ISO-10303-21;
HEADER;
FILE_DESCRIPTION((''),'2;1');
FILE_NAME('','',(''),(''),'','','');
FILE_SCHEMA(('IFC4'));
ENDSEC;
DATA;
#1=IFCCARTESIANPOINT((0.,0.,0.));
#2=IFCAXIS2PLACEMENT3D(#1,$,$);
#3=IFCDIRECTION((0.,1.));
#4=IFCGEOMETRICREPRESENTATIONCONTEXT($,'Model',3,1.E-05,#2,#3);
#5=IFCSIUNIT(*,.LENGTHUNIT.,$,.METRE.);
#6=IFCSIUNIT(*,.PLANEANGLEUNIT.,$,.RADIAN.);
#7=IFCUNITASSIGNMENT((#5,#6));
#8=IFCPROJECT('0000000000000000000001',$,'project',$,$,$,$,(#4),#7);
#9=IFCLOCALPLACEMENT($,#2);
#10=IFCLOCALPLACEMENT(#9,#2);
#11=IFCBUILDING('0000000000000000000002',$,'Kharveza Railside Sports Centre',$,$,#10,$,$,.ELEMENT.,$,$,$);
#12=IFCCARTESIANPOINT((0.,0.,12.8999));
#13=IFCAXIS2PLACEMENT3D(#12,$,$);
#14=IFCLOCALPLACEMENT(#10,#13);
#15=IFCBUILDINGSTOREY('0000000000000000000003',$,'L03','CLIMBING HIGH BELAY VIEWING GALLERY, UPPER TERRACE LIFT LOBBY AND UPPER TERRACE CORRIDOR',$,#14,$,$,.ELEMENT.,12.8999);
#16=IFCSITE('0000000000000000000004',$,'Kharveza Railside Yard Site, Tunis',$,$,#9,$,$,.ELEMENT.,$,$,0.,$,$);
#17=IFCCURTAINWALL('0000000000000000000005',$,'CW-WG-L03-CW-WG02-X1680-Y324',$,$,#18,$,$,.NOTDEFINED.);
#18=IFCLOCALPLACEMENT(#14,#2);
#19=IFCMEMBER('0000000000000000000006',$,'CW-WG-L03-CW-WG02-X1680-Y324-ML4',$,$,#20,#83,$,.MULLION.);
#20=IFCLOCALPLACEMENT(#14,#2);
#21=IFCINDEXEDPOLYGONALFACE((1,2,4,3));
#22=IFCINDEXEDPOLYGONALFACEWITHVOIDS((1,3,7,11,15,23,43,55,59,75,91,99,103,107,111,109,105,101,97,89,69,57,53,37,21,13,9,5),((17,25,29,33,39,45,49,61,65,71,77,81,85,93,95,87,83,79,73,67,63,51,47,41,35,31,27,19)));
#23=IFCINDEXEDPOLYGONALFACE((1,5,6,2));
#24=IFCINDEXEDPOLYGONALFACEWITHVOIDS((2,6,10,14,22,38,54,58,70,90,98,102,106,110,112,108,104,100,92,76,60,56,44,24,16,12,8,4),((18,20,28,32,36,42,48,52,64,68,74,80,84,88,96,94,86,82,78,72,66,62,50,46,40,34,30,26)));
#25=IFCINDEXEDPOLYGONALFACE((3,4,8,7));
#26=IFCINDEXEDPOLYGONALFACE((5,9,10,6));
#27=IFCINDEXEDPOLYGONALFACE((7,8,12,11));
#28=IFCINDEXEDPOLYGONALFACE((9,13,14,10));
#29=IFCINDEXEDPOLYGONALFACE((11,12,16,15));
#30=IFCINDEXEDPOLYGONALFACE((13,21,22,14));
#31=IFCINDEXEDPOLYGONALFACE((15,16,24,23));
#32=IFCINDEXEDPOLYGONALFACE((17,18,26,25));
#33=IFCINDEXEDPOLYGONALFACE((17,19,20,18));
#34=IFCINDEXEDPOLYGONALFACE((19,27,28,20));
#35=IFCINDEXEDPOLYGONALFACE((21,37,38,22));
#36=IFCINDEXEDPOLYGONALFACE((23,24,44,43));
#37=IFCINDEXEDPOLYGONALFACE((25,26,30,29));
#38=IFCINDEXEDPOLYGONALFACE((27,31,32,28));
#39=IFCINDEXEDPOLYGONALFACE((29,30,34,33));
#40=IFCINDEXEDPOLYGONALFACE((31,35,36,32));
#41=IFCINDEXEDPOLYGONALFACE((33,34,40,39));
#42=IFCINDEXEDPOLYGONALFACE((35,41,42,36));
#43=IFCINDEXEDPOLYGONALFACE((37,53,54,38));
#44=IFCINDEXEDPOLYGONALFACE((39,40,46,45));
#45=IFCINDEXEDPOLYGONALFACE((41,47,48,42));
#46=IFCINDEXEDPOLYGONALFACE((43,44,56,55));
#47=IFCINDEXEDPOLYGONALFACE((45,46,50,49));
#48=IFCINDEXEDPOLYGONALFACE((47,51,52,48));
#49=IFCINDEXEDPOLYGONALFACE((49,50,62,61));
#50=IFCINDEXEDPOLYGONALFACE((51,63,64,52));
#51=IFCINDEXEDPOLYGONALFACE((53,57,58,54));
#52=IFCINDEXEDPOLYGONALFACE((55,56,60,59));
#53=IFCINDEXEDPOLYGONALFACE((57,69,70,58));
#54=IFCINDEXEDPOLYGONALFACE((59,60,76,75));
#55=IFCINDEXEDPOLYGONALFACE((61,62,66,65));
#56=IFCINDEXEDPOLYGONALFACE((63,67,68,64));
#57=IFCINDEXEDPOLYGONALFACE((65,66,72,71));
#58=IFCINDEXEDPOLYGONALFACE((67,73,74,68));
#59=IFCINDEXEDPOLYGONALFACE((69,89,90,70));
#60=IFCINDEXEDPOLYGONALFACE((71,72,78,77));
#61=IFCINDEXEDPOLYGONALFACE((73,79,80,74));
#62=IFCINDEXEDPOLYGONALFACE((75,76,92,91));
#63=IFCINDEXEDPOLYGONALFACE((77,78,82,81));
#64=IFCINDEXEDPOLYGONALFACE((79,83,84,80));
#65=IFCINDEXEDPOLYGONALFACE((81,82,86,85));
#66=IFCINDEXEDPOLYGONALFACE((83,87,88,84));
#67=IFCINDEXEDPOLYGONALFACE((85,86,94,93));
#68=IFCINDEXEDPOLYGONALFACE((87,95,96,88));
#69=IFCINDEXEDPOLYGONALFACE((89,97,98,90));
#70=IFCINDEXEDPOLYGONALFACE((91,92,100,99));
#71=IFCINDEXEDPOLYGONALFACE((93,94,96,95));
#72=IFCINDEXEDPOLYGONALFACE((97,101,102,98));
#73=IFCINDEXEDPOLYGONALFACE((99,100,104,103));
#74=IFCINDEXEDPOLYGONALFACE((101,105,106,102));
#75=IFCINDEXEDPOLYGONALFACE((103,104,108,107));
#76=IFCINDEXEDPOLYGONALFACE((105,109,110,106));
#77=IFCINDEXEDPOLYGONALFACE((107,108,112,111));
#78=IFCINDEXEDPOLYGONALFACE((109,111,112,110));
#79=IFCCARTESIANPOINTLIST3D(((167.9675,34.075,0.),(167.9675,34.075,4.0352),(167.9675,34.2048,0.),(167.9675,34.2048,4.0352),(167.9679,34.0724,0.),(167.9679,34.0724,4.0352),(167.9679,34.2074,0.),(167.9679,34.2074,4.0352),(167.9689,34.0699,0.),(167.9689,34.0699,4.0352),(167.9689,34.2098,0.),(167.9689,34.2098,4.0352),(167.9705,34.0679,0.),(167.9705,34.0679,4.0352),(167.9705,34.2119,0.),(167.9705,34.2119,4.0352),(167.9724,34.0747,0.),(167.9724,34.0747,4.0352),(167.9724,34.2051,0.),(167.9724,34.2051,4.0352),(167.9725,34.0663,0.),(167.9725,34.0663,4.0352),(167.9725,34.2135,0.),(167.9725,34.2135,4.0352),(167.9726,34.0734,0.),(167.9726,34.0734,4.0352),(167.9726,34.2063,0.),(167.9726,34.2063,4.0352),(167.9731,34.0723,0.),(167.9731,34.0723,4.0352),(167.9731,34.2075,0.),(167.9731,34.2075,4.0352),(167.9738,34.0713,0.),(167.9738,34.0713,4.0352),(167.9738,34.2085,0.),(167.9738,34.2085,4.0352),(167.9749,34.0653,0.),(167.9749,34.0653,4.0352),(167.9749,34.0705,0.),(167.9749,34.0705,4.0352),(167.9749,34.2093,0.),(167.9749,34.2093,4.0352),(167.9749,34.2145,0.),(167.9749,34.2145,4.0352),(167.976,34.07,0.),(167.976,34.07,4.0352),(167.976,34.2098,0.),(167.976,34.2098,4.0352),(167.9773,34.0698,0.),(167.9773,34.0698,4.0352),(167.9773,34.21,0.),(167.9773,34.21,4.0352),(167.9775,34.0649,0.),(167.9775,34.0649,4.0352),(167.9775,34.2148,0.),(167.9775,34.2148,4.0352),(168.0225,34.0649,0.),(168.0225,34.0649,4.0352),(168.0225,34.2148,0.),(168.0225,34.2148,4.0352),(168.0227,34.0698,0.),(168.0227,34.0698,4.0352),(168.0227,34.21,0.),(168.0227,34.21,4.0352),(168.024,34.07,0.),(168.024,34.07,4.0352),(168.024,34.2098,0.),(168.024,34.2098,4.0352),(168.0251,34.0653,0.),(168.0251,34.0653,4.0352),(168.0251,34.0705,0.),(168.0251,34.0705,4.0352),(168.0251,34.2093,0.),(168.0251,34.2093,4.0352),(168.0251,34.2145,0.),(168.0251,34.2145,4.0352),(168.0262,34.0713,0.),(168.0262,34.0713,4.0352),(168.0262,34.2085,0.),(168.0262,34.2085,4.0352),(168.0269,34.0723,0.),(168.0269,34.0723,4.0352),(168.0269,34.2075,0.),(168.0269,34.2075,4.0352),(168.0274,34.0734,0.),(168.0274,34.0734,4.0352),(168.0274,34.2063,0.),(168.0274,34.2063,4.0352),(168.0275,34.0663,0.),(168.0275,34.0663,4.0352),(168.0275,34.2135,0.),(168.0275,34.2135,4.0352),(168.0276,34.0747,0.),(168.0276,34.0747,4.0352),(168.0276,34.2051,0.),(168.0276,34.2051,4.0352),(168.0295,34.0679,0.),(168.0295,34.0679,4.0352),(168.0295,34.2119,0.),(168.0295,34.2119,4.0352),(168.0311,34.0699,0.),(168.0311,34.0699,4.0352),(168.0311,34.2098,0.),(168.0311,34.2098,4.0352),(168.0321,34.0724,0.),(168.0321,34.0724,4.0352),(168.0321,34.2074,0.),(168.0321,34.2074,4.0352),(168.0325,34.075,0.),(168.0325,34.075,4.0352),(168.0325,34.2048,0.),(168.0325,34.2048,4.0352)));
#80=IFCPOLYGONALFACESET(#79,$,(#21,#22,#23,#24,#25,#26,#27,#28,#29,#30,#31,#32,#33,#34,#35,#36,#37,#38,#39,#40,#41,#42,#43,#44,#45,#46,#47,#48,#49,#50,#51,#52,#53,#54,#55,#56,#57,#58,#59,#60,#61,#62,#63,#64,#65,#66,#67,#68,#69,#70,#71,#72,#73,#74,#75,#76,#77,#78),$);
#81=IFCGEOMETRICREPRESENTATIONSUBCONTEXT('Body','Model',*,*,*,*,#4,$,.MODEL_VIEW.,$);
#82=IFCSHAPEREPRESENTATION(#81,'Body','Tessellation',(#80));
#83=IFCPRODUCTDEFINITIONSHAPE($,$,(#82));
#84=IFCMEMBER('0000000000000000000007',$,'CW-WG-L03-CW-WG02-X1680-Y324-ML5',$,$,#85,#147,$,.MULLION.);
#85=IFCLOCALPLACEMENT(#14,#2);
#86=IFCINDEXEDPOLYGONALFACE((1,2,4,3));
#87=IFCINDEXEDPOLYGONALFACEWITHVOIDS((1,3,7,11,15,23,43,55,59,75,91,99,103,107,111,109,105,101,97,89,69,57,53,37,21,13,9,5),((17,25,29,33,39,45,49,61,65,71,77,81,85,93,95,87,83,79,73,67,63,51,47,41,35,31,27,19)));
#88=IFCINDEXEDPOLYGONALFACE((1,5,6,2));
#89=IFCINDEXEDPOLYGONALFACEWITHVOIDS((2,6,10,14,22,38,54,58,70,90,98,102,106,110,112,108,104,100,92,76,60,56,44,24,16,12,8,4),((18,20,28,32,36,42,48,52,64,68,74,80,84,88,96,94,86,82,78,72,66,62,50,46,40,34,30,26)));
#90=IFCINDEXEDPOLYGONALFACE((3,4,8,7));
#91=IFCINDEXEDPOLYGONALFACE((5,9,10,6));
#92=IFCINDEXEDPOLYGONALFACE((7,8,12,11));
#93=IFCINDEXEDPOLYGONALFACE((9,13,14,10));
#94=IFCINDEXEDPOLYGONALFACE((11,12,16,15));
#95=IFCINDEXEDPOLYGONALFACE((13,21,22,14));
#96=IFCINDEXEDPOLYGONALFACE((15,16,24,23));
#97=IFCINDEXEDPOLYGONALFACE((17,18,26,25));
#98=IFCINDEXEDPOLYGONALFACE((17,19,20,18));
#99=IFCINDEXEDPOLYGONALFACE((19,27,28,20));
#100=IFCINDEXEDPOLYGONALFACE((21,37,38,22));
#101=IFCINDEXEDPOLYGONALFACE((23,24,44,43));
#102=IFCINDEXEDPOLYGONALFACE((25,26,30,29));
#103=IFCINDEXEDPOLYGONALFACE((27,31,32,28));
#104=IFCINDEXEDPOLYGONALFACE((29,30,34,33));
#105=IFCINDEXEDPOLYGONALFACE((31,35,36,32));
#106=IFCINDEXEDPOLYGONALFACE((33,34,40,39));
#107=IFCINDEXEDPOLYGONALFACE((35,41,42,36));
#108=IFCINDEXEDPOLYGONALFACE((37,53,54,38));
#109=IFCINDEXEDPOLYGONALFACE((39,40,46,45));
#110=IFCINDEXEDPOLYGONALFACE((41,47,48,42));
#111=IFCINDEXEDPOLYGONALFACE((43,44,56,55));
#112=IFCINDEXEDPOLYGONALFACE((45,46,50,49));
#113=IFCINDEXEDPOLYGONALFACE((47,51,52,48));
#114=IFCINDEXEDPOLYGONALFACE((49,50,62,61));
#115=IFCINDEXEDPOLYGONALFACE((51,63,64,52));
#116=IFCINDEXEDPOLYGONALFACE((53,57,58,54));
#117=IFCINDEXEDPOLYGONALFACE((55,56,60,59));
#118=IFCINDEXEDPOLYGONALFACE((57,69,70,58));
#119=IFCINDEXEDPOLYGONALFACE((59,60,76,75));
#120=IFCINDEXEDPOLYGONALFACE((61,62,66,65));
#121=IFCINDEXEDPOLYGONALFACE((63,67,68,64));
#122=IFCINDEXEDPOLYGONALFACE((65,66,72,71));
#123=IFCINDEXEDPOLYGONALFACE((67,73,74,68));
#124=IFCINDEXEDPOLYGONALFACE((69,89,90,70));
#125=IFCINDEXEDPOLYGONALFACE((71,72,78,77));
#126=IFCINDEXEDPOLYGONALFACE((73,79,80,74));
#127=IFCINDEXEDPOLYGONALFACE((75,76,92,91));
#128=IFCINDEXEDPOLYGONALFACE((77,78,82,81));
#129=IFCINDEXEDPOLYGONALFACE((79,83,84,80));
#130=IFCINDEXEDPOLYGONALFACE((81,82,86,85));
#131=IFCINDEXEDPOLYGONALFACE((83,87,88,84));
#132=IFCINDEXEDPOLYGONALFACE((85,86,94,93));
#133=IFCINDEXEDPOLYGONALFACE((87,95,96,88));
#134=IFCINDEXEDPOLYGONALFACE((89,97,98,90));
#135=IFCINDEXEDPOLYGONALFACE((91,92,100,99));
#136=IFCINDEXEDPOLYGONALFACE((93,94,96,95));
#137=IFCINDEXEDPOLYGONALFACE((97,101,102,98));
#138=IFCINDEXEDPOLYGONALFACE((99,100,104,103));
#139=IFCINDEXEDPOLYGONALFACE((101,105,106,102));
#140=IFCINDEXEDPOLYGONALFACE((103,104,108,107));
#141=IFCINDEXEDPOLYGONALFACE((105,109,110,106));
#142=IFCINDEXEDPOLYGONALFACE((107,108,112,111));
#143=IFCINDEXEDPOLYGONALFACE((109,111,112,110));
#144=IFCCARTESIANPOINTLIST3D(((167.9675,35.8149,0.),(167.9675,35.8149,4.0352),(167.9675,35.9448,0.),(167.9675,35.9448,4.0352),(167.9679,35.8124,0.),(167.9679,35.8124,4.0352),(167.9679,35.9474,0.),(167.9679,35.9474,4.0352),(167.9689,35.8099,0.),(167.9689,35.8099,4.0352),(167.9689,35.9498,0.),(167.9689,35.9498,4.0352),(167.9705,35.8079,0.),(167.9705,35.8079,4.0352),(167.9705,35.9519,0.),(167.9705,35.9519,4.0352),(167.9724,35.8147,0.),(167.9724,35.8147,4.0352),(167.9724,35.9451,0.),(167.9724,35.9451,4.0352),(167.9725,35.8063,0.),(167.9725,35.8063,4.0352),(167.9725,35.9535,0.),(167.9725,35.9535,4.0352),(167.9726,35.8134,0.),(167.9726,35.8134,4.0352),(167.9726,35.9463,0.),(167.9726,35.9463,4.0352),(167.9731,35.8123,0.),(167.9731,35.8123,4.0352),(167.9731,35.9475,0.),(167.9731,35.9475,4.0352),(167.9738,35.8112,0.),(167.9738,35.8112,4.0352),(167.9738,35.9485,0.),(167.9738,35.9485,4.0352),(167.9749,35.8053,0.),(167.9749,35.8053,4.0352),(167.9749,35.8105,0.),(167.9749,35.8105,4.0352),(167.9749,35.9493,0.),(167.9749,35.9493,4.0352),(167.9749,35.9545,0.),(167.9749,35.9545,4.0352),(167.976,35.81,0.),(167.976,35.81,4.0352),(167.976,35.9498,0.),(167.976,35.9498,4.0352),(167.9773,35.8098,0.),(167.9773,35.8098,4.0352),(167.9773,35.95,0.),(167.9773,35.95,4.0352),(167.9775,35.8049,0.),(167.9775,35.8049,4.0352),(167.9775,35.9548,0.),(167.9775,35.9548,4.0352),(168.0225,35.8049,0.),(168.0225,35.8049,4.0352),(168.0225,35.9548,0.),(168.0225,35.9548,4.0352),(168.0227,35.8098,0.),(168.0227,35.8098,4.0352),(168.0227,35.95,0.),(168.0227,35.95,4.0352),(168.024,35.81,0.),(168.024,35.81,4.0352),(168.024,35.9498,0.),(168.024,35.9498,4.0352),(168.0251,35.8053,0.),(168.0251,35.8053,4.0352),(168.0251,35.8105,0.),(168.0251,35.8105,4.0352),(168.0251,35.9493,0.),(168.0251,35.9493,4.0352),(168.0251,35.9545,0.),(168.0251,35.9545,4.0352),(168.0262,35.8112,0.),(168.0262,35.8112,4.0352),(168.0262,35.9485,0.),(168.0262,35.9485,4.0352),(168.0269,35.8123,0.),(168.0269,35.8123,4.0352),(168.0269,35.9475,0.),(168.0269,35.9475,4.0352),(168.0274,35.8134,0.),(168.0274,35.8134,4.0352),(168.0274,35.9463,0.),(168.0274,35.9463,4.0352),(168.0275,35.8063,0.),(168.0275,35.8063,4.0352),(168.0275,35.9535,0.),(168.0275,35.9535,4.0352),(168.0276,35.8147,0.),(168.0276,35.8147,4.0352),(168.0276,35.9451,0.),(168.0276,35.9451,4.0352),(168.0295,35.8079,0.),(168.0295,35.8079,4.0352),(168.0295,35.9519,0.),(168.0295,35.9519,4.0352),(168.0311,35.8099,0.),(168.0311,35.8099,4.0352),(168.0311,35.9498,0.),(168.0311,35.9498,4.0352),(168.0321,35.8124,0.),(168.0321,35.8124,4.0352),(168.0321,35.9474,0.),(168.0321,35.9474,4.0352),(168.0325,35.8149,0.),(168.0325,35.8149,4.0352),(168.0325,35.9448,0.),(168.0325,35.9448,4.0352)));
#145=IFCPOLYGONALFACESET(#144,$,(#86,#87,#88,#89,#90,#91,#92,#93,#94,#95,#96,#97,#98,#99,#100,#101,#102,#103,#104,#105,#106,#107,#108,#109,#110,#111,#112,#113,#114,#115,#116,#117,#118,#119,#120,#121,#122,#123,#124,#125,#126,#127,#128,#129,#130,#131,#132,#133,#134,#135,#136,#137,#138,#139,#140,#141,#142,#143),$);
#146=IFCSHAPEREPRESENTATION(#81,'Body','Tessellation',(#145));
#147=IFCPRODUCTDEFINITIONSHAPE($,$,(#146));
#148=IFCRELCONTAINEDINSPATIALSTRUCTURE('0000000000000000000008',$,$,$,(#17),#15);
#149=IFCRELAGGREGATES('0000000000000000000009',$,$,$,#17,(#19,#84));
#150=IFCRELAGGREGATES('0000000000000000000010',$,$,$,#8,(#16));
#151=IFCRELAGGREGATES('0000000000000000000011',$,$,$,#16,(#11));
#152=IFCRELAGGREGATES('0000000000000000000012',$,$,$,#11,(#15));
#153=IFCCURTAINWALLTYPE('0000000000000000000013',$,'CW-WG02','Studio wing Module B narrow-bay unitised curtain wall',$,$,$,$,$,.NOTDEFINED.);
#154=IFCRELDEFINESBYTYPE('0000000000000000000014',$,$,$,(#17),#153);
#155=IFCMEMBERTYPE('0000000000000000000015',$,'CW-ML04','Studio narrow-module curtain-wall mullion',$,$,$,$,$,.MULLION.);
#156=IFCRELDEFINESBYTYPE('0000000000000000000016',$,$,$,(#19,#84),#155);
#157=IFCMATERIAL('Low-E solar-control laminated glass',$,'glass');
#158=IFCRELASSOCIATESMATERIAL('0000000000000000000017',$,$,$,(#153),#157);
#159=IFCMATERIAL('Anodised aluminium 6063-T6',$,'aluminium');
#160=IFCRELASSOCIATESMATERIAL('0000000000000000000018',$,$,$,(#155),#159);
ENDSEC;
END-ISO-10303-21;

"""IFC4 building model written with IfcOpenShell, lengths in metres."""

from ifc_helpers import new_model, si_unit, direction, frame, origin, origin_2d, place, context, subcontext, project, spatial, hollow_rectangle, extrude, material, material_profile, profile_set, type_object, element, aggregate, save


model = new_model("IFC4")

# Units and contexts
model_context = context("Model", 3, precision=1e-05, world=origin(), true_north=direction((0.0, 1.0)))
body_context = subcontext(model_context, "Body", "Model", "MODEL_VIEW")
ifc_project = project(units=[si_unit("LENGTHUNIT", "METRE"), si_unit("PLANEANGLEUNIT", "RADIAN")], contexts=[model_context])

# Site, building, storey
site_placement = place(None, origin())
site = spatial("IfcSite", under=ifc_project, at=site_placement, Name="Kharveza Railside Yard Site, Tunis", CompositionType="ELEMENT", RefElevation=0.0)
building_placement = place(site_placement, origin())
building = spatial("IfcBuilding", under=site, at=building_placement, Name="Kharveza Railside Sports Centre", CompositionType="ELEMENT")
storey_placement = place(building_placement, frame((0.0, 0.0, 12.8999)))
storey = spatial("IfcBuildingStorey", under=building, at=storey_placement, Name="L03", Description="CLIMBING HIGH BELAY VIEWING GALLERY, UPPER TERRACE LIFT LOBBY AND UPPER TERRACE CORRIDOR", CompositionType="ELEMENT", Elevation=12.8999)

# Curtain wall, members
ifc_material_1 = material(Name="Low-E solar-control laminated glass", Category="glass")
curtain_wall_type = type_object("IfcCurtainWallType", Name="CW-WG02", Description="Studio wing Module B narrow-bay unitised curtain wall", PredefinedType="NOTDEFINED", material=ifc_material_1)
curtain_wall_1_placement = place(storey_placement, origin())
curtain_wall_1 = element("IfcCurtainWall", 1, at=curtain_wall_1_placement, inside=storey, type_object=curtain_wall_type, Name="CW-WG-L03-CW-WG02-X1680-Y324", PredefinedType="NOTDEFINED")
ifc_material_2 = material(Name="Anodised aluminium 6063-T6", Category="aluminium")
ifc_material_profile_1 = material_profile(ifc_material_2, hollow_rectangle(XDim=0.0649, YDim=0.1499, WallThickness=0.0049, InnerFilletRadius=0.0049, OuterFilletRadius=0.01, at=origin_2d()), Name="RHS 65x150x5.0")
ifc_profile_set_1 = profile_set([ifc_material_profile_1], Name="Anodised aluminium 6063-T6")
member_type_1 = type_object("IfcMemberType", Name="CW-ML04", Description="Studio narrow-module curtain-wall mullion", PredefinedType="MULLION", material=ifc_profile_set_1)
member_1_placement = place(storey_placement, frame((168.0, 34.1399, 0.0), z_axis=(0.0, 0.0, 1.0), x_axis=(1.0, 0.0, 0.0)))
member_1 = element("IfcMember", 2, at=member_1_placement, type_object=member_type_1, Name="CW-WG-L03-CW-WG02-X1680-Y324-ML4", PredefinedType="MULLION", context=body_context, shape_type="SweptSolid", body=[
    extrude(hollow_rectangle(XDim=0.0649, YDim=0.1499, WallThickness=0.0049, InnerFilletRadius=0.0049, OuterFilletRadius=0.01, at=origin_2d()), origin(), (0.0, 0.0, 1.0), 4.0352),
])
member_2_placement = place(storey_placement, frame((168.0, 35.8799, 0.0), z_axis=(0.0, 0.0, 1.0), x_axis=(1.0, 0.0, 0.0)))
member_2 = element("IfcMember", 3, at=member_2_placement, type_object=member_type_1, Name="CW-WG-L03-CW-WG02-X1680-Y324-ML5", PredefinedType="MULLION", context=body_context, shape_type="SweptSolid", body=[
    extrude(hollow_rectangle(XDim=0.0649, YDim=0.1499, WallThickness=0.0049, InnerFilletRadius=0.0049, OuterFilletRadius=0.01, at=origin_2d()), origin(), (0.0, 0.0, 1.0), 4.0352),
])

aggregate(curtain_wall_1, [member_1, member_2])

save(model, "model.ifc")
